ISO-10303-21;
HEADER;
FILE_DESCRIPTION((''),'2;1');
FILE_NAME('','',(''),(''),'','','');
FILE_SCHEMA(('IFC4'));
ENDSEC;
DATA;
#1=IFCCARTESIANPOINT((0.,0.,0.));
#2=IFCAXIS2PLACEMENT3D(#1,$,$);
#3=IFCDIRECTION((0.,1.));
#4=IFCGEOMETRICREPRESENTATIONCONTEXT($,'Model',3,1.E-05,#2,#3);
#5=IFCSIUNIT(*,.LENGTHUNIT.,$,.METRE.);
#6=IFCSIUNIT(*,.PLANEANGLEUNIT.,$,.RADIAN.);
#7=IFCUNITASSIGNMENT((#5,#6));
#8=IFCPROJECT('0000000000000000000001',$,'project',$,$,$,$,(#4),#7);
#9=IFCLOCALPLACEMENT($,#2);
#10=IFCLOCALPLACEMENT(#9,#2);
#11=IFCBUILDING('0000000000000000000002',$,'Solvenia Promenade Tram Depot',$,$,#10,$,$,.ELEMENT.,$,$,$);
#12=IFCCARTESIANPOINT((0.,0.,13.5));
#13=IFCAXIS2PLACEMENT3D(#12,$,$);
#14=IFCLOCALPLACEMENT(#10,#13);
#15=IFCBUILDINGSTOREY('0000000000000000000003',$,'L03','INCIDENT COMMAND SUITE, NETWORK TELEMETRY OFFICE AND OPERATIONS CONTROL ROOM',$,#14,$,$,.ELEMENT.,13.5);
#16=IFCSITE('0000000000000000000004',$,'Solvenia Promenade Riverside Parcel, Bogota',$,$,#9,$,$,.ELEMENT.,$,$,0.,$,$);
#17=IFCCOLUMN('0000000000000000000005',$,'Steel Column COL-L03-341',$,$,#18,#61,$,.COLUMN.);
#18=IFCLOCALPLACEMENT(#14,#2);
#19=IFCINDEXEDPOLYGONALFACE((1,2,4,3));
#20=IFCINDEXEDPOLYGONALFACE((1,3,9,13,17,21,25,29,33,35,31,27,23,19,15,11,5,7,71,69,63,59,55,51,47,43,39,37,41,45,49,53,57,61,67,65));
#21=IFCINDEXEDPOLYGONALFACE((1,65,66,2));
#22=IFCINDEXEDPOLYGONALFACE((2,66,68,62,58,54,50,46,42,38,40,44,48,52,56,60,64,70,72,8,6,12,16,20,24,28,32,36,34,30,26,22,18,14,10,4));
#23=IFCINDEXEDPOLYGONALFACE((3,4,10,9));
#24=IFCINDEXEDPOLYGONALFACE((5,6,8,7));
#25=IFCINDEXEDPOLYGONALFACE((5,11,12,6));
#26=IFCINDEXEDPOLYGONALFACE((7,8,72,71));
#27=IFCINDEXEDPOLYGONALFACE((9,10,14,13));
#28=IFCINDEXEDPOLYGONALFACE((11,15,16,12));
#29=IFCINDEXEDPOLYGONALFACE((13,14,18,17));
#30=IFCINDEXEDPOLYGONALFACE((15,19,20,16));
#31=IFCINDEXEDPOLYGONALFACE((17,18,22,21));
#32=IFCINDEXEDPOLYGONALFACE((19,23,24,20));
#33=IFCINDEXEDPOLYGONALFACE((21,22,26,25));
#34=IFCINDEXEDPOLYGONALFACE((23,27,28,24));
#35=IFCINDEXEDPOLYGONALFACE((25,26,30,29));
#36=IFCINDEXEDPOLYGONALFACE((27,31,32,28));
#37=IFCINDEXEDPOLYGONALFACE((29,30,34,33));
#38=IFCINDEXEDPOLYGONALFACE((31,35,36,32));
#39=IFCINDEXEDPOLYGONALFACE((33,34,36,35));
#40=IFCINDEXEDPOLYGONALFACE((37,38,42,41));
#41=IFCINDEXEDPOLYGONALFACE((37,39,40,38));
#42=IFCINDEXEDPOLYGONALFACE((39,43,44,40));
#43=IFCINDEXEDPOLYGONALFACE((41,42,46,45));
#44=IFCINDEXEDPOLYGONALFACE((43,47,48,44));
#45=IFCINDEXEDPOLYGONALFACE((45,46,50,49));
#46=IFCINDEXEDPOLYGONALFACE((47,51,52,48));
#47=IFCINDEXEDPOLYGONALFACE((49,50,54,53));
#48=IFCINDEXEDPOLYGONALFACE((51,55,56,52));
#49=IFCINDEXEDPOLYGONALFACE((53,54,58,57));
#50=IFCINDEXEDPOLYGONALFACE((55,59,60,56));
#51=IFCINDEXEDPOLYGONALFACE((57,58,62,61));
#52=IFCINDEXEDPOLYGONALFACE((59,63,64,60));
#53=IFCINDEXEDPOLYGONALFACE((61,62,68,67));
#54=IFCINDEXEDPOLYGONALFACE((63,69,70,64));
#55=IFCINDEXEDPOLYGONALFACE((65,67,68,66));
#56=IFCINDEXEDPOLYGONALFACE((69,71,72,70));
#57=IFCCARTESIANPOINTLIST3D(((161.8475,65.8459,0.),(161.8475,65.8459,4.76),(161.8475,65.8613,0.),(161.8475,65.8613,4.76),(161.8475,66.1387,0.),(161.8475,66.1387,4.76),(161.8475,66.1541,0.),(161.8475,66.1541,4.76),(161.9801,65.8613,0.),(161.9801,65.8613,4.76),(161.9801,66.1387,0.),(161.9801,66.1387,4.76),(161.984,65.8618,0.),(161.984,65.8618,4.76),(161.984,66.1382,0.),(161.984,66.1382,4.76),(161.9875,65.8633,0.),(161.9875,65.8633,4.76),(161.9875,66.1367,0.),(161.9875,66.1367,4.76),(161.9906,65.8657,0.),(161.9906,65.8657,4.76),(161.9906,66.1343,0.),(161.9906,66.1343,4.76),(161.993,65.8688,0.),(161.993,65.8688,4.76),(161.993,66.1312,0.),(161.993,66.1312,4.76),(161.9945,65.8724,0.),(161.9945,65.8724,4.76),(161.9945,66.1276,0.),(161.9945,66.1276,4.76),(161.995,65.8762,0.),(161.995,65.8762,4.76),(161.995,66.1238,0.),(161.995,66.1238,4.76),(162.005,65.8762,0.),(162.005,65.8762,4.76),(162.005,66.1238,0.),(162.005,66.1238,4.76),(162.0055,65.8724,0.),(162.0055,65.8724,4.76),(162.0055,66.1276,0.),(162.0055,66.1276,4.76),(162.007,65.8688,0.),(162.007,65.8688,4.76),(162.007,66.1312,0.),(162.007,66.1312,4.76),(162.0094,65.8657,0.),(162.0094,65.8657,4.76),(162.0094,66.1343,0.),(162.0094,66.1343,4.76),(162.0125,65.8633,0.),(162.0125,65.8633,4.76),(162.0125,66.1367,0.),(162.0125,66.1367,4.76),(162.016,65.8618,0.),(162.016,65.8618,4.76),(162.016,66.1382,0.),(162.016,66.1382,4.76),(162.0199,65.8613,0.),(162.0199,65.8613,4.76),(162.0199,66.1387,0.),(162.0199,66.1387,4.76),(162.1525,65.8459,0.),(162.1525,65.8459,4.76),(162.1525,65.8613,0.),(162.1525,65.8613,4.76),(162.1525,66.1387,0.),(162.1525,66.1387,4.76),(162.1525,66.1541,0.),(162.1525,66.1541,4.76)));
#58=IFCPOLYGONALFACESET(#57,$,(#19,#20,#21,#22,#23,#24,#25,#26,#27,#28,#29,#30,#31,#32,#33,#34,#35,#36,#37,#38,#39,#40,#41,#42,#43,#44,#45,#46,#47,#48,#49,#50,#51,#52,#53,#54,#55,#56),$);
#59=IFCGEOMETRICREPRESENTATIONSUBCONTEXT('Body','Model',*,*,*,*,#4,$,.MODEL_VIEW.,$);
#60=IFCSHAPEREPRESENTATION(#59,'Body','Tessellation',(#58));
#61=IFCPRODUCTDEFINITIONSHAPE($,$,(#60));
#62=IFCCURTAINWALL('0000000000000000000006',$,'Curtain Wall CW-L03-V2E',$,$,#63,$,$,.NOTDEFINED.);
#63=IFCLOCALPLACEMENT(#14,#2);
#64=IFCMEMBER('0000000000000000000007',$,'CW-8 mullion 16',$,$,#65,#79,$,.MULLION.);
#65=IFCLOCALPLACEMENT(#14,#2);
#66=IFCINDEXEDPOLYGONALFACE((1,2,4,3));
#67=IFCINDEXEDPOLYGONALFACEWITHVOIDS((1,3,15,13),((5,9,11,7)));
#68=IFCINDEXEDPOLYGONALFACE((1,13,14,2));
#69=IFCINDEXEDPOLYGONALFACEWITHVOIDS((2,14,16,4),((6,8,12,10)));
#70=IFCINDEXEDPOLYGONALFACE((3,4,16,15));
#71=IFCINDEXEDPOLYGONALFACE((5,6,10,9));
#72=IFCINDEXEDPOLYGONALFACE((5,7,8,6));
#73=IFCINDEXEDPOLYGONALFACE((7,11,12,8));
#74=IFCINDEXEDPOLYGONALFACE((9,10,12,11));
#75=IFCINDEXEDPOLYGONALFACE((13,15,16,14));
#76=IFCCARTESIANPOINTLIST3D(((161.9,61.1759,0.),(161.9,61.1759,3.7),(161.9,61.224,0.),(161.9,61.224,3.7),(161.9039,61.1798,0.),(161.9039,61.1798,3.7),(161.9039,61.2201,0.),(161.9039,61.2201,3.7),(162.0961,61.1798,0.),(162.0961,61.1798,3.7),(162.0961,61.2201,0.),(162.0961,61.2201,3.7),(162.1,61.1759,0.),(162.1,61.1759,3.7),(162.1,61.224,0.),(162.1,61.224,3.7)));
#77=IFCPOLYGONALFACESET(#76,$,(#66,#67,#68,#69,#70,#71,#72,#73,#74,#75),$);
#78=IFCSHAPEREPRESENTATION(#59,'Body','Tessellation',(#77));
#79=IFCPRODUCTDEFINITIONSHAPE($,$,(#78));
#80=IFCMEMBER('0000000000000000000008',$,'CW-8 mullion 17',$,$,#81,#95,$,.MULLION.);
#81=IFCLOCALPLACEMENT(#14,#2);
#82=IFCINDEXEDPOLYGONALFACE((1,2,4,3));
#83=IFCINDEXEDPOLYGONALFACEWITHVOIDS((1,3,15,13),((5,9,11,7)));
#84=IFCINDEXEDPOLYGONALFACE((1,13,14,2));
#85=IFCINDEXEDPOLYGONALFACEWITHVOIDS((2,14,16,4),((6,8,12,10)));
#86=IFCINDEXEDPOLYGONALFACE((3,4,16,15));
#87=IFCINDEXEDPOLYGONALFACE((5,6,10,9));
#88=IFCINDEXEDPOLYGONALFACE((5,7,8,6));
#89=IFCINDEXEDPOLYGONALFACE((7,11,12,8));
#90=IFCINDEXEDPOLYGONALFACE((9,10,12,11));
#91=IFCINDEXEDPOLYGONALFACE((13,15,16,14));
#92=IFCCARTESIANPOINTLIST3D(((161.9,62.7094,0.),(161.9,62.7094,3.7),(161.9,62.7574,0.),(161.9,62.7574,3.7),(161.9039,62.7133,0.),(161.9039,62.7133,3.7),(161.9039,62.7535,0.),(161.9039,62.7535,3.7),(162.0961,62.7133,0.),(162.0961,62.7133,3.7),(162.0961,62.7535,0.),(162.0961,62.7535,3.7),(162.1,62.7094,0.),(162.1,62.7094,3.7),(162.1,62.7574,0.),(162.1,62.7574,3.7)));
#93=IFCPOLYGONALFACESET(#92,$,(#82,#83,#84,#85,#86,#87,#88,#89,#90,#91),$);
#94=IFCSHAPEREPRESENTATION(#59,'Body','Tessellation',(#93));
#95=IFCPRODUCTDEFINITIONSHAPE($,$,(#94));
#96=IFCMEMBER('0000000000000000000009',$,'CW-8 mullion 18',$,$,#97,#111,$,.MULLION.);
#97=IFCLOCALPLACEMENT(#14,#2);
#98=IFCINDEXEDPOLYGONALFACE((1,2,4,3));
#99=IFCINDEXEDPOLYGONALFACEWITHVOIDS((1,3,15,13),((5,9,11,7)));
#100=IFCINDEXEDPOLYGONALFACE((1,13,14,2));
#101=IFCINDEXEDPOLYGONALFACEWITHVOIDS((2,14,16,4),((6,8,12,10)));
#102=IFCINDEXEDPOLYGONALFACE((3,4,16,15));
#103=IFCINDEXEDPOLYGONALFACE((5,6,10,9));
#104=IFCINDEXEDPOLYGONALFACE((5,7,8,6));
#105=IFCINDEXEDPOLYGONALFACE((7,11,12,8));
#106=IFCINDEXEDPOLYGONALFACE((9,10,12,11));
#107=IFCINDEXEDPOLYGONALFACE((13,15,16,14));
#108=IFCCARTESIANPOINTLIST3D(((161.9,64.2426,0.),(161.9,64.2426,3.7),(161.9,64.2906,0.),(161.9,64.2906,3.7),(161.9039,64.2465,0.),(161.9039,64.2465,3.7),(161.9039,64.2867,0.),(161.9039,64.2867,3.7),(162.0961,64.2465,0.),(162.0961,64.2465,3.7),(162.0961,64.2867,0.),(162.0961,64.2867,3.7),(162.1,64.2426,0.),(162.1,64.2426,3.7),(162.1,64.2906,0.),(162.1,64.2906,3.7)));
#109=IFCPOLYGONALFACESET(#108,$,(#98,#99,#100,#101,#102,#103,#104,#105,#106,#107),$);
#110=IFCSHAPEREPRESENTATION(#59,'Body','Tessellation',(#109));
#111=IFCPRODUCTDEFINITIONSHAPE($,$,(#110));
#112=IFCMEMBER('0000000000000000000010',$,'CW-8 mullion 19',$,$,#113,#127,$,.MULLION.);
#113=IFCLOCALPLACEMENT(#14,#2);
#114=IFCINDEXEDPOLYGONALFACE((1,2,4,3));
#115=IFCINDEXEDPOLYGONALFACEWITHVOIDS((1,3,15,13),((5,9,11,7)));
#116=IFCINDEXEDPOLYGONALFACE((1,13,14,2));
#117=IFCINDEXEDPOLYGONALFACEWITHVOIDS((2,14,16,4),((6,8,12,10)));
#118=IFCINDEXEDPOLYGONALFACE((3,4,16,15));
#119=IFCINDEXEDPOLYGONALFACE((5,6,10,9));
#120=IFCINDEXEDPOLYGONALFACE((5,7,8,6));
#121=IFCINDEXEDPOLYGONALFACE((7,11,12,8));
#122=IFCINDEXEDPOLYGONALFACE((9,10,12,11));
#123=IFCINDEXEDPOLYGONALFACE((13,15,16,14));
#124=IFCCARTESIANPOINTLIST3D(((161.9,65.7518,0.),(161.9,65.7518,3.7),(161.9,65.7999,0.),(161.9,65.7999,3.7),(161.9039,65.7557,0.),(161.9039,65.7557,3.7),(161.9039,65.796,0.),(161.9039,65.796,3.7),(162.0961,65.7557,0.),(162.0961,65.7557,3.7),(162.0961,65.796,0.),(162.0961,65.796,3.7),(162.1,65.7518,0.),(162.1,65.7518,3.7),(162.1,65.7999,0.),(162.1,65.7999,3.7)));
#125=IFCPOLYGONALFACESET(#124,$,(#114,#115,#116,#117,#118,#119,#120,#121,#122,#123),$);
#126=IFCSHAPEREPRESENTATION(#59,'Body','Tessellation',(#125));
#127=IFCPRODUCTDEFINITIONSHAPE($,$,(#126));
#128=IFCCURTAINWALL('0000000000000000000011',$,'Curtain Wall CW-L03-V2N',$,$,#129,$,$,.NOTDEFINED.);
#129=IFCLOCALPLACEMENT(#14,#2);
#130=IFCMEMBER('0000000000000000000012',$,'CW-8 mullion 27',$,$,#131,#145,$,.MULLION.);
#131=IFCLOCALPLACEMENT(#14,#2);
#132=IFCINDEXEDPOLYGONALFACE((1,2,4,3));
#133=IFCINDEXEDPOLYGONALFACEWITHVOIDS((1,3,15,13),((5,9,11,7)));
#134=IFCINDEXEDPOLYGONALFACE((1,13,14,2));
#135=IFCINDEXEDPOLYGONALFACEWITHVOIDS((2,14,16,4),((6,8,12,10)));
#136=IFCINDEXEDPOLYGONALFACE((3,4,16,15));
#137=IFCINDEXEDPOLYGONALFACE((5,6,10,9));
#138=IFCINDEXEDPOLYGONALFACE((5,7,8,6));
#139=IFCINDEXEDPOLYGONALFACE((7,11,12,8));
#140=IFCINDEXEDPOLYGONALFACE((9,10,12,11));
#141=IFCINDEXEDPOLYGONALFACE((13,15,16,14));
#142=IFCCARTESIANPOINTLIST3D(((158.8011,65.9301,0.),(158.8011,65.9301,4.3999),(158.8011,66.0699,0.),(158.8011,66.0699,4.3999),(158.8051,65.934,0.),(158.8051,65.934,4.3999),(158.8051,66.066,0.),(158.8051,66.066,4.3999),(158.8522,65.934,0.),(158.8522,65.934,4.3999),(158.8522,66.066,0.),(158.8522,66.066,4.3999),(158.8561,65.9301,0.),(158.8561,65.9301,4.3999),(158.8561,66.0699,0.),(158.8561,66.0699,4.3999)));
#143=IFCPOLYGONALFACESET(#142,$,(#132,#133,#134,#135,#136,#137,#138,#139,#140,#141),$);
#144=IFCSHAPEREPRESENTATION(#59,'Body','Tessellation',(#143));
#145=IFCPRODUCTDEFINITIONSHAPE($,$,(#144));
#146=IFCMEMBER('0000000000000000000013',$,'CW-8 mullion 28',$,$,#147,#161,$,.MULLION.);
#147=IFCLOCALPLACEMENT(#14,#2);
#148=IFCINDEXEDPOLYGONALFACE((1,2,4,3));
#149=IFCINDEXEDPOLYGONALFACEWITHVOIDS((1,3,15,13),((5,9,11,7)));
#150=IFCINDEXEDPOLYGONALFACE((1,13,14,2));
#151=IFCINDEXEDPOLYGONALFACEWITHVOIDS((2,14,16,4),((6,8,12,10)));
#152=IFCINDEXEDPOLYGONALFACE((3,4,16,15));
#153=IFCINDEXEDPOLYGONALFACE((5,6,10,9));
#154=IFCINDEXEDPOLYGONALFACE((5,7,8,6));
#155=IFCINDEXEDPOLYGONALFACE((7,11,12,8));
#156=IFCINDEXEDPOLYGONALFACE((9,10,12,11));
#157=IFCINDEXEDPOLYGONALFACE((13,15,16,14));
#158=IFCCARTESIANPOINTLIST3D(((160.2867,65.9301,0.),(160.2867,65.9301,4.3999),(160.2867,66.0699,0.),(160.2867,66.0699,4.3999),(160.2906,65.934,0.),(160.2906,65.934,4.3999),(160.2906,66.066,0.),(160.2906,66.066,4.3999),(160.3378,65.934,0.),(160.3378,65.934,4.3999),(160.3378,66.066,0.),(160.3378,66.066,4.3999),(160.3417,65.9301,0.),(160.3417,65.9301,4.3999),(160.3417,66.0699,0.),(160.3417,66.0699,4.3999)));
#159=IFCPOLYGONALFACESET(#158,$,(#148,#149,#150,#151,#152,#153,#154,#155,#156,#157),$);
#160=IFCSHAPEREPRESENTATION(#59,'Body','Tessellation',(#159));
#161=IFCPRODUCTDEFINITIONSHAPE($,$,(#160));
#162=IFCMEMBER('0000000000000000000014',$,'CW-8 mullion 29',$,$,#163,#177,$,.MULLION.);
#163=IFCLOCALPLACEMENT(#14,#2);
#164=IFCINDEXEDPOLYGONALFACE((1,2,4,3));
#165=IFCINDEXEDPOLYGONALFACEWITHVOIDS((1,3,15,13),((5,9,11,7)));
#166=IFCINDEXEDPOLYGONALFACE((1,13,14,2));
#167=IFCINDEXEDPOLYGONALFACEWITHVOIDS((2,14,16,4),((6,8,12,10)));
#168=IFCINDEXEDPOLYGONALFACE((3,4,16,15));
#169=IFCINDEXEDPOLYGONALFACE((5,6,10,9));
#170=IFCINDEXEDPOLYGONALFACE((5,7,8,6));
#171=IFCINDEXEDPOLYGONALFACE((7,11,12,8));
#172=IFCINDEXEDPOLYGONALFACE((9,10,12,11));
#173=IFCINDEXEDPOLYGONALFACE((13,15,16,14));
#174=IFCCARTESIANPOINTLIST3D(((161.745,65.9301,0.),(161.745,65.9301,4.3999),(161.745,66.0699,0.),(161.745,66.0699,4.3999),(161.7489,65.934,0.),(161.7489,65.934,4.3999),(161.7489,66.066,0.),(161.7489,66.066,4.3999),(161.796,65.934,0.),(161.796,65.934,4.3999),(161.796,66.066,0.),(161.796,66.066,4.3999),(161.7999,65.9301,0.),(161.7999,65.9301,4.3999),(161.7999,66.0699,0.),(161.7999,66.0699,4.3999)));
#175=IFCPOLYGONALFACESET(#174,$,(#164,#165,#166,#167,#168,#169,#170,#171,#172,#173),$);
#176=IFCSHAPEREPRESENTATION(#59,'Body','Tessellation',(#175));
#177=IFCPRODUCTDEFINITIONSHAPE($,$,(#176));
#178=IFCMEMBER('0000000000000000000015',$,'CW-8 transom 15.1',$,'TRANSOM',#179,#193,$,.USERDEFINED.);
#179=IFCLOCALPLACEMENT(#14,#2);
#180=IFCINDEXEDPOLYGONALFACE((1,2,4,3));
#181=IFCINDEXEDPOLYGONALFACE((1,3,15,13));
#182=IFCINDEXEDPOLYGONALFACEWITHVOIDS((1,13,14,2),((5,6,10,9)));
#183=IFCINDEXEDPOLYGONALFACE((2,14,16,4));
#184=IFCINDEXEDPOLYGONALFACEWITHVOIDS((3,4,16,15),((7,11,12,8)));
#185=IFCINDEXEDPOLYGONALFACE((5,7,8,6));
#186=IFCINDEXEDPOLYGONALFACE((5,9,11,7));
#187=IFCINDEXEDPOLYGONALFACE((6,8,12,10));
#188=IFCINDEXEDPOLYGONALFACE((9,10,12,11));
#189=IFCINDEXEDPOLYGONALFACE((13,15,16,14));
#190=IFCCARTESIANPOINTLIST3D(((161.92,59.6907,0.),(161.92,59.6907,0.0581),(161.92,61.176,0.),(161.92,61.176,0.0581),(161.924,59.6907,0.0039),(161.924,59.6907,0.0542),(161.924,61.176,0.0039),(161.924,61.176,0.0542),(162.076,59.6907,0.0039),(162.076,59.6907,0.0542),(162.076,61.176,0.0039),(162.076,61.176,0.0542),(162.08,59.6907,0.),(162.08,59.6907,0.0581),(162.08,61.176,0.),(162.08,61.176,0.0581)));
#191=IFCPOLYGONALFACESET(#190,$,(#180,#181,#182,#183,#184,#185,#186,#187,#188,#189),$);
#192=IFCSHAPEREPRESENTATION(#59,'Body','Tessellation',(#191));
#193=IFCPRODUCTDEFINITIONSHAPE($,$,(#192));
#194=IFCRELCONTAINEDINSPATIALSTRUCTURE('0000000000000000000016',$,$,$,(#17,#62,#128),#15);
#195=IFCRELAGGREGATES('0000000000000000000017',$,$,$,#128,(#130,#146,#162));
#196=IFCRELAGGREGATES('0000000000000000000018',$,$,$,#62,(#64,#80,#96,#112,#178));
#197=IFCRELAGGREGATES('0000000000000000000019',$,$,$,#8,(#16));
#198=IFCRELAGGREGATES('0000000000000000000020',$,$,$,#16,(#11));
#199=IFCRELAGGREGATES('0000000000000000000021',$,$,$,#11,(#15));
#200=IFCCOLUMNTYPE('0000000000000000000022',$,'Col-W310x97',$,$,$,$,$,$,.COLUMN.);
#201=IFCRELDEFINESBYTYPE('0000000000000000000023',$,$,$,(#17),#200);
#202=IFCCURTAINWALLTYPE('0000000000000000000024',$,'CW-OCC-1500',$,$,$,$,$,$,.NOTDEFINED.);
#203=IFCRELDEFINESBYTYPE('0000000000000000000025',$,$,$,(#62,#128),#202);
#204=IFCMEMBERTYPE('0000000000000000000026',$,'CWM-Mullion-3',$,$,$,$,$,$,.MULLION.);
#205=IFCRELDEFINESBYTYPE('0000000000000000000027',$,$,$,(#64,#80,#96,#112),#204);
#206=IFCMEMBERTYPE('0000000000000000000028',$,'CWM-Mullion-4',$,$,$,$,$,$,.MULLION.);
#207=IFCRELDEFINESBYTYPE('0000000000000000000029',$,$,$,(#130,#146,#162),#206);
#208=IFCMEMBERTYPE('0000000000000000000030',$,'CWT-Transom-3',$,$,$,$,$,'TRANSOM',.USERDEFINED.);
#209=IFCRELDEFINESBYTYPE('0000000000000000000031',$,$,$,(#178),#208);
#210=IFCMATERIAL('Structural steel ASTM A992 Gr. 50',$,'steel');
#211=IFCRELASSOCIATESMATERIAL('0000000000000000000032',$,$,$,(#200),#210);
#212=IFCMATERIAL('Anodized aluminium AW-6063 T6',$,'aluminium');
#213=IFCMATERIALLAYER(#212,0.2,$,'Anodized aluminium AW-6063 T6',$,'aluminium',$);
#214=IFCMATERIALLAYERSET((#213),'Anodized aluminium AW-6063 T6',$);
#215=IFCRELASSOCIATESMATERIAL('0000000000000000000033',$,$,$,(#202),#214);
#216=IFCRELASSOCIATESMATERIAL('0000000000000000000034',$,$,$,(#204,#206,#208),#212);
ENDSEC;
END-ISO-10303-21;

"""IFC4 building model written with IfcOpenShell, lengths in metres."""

from ifc_helpers import new_model, si_unit, direction, frame, origin, origin_2d, place, context, subcontext, project, spatial, hollow_rectangle, i_section, extrude, material, layer, layer_set, material_profile, profile_set, type_object, element, aggregate, save


model = new_model("IFC4")

# Units and contexts
model_context = context("Model", 3, precision=1e-05, world=origin(), true_north=direction((0.0, 1.0)))
body_context = subcontext(model_context, "Body", "Model", "MODEL_VIEW")
ifc_project = project(units=[si_unit("LENGTHUNIT", "METRE"), si_unit("PLANEANGLEUNIT", "RADIAN")], contexts=[model_context])

# Site, building, storey
site_placement = place(None, origin())
site = spatial("IfcSite", under=ifc_project, at=site_placement, Name="Solvenia Promenade Riverside Parcel, Bogota", CompositionType="ELEMENT", RefElevation=0.0)
building_placement = place(site_placement, origin())
building = spatial("IfcBuilding", under=site, at=building_placement, Name="Solvenia Promenade Tram Depot", CompositionType="ELEMENT")
storey_placement = place(building_placement, frame((0.0, 0.0, 13.5)))
storey = spatial("IfcBuildingStorey", under=building, at=storey_placement, Name="L03", Description="INCIDENT COMMAND SUITE, NETWORK TELEMETRY OFFICE AND OPERATIONS CONTROL ROOM", CompositionType="ELEMENT", Elevation=13.5)

# Column
ifc_material_1 = material(Name="Structural steel ASTM A992 Gr. 50", Category="steel")
ifc_material_profile_1 = material_profile(ifc_material_1, i_section(OverallWidth=0.3049, OverallDepth=0.3081, WebThickness=0.01, FlangeThickness=0.0154, FilletRadius=0.0149, at=origin_2d()), Name="W310x97", Category="steel")
ifc_profile_set_1 = profile_set([ifc_material_profile_1], Name="Structural steel ASTM A992 Gr. 50")
column_type = type_object("IfcColumnType", Name="Col-W310x97", PredefinedType="COLUMN", material=ifc_profile_set_1)
column_placement = place(storey_placement, frame((162.0, 66.0, 0.0), z_axis=(0.0, 0.0, 1.0), x_axis=(1.0, 0.0, 0.0)))
element("IfcColumn", 1, at=column_placement, inside=storey, type_object=column_type, Name="Steel Column COL-L03-341", PredefinedType="COLUMN", context=body_context, shape_type="SweptSolid", body=[
    extrude(i_section(OverallWidth=0.3049, OverallDepth=0.3081, WebThickness=0.01, FlangeThickness=0.0154, FilletRadius=0.0149, at=origin_2d()), origin(), (0.0, 0.0, 1.0), 4.76),
])

# Curtain walls, members
ifc_material_2 = material(Name="Anodized aluminium AW-6063 T6", Category="aluminium")
ifc_layer_1 = layer(ifc_material_2, 0.2, Name="Anodized aluminium AW-6063 T6", Category="aluminium")
ifc_layer_set_1 = layer_set([ifc_layer_1], Name="Anodized aluminium AW-6063 T6")
curtain_wall_type = type_object("IfcCurtainWallType", Name="CW-OCC-1500", PredefinedType="NOTDEFINED", material=ifc_layer_set_1)
curtain_wall_1_placement = place(storey_placement, origin())
curtain_wall_1 = element("IfcCurtainWall", 2, at=curtain_wall_1_placement, inside=storey, type_object=curtain_wall_type, Name="Curtain Wall CW-L03-V2E", PredefinedType="NOTDEFINED")
ifc_material_profile_2 = material_profile(ifc_material_2, hollow_rectangle(XDim=0.2, YDim=0.0481, WallThickness=0.0039, at=origin_2d()), Name="ALU-M3", Category="aluminium")
ifc_profile_set_2 = profile_set([ifc_material_profile_2], Name="Anodized aluminium AW-6063 T6")
member_type_1 = type_object("IfcMemberType", Name="CWM-Mullion-3", PredefinedType="MULLION", material=ifc_profile_set_2)
member_1_placement = place(storey_placement, frame((162.0, 61.2, 0.0), z_axis=(0.0, 0.0, 1.0), x_axis=(-1.0, 0.0, 0.0)))
member_1 = element("IfcMember", 3, at=member_1_placement, type_object=member_type_1, Name="CW-8 mullion 16", PredefinedType="MULLION", context=body_context, shape_type="SweptSolid", body=[
    extrude(hollow_rectangle(XDim=0.2, YDim=0.0481, WallThickness=0.0039, at=origin_2d()), origin(), (0.0, 0.0, 1.0), 3.7),
])
member_2_placement = place(storey_placement, frame((162.0, 62.7334, 0.0), z_axis=(0.0, 0.0, 1.0), x_axis=(-1.0, 0.0, 0.0)))
member_2 = element("IfcMember", 4, at=member_2_placement, type_object=member_type_1, Name="CW-8 mullion 17", PredefinedType="MULLION", context=body_context, shape_type="SweptSolid", body=[
    extrude(hollow_rectangle(XDim=0.2, YDim=0.0481, WallThickness=0.0039, at=origin_2d()), origin(), (0.0, 0.0, 1.0), 3.7),
])
member_3_placement = place(storey_placement, frame((162.0, 64.2666, 0.0), z_axis=(0.0, 0.0, 1.0), x_axis=(-1.0, 0.0, 0.0)))
member_3 = element("IfcMember", 5, at=member_3_placement, type_object=member_type_1, Name="CW-8 mullion 18", PredefinedType="MULLION", context=body_context, shape_type="SweptSolid", body=[
    extrude(hollow_rectangle(XDim=0.2, YDim=0.0481, WallThickness=0.0039, at=origin_2d()), origin(), (0.0, 0.0, 1.0), 3.7),
])
member_4_placement = place(storey_placement, frame((162.0, 65.7759, 0.0), z_axis=(0.0, 0.0, 1.0), x_axis=(-1.0, 0.0, 0.0)))
member_4 = element("IfcMember", 6, at=member_4_placement, type_object=member_type_1, Name="CW-8 mullion 19", PredefinedType="MULLION", context=body_context, shape_type="SweptSolid", body=[
    extrude(hollow_rectangle(XDim=0.2, YDim=0.0481, WallThickness=0.0039, at=origin_2d()), origin(), (0.0, 0.0, 1.0), 3.7),
])
curtain_wall_2_placement = place(storey_placement, origin())
curtain_wall_2 = element("IfcCurtainWall", 7, at=curtain_wall_2_placement, inside=storey, type_object=curtain_wall_type, Name="Curtain Wall CW-L03-V2N", PredefinedType="NOTDEFINED")
ifc_material_profile_3 = material_profile(ifc_material_2, hollow_rectangle(XDim=0.1399, YDim=0.0549, WallThickness=0.0039, at=origin_2d()), Name="ALU-M4", Category="aluminium")
ifc_profile_set_3 = profile_set([ifc_material_profile_3], Name="Anodized aluminium AW-6063 T6")
member_type_2 = type_object("IfcMemberType", Name="CWM-Mullion-4", PredefinedType="MULLION", material=ifc_profile_set_3)
member_5_placement = place(storey_placement, frame((158.8286, 66.0, 0.0), z_axis=(0.0, 0.0, 1.0), x_axis=(0.0, 1.0, 0.0)))
member_5 = element("IfcMember", 8, at=member_5_placement, type_object=member_type_2, Name="CW-8 mullion 27", PredefinedType="MULLION", context=body_context, shape_type="SweptSolid", body=[
    extrude(hollow_rectangle(XDim=0.1399, YDim=0.0549, WallThickness=0.0039, at=origin_2d()), origin(), (0.0, 0.0, 1.0), 4.3999),
])
member_6_placement = place(storey_placement, frame((160.3142, 66.0, 0.0), z_axis=(0.0, 0.0, 1.0), x_axis=(0.0, 1.0, 0.0)))
member_6 = element("IfcMember", 9, at=member_6_placement, type_object=member_type_2, Name="CW-8 mullion 28", PredefinedType="MULLION", context=body_context, shape_type="SweptSolid", body=[
    extrude(hollow_rectangle(XDim=0.1399, YDim=0.0549, WallThickness=0.0039, at=origin_2d()), origin(), (0.0, 0.0, 1.0), 4.3999),
])
member_7_placement = place(storey_placement, frame((161.7725, 66.0, 0.0), z_axis=(0.0, 0.0, 1.0), x_axis=(0.0, 1.0, 0.0)))
member_7 = element("IfcMember", 10, at=member_7_placement, type_object=member_type_2, Name="CW-8 mullion 29", PredefinedType="MULLION", context=body_context, shape_type="SweptSolid", body=[
    extrude(hollow_rectangle(XDim=0.1399, YDim=0.0549, WallThickness=0.0039, at=origin_2d()), origin(), (0.0, 0.0, 1.0), 4.3999),
])

# Member
ifc_material_profile_4 = material_profile(ifc_material_2, hollow_rectangle(XDim=0.1599, YDim=0.0581, WallThickness=0.0039, at=origin_2d()), Name="ALU-T3", Category="aluminium")
ifc_profile_set_4 = profile_set([ifc_material_profile_4], Name="Anodized aluminium AW-6063 T6")
member_type_3 = type_object("IfcMemberType", Name="CWT-Transom-3", ElementType="TRANSOM", PredefinedType="USERDEFINED", material=ifc_profile_set_4)
member_8_placement = place(storey_placement, frame((162.0, 59.6907, 0.0291), z_axis=(0.0, 1.0, 0.0), x_axis=(-1.0, 0.0, 0.0)))
member_8 = element("IfcMember", 11, at=member_8_placement, type_object=member_type_3, Name="CW-8 transom 15.1", ObjectType="TRANSOM", PredefinedType="USERDEFINED", context=body_context, shape_type="SweptSolid", body=[
    extrude(hollow_rectangle(XDim=0.1599, YDim=0.0581, WallThickness=0.0039, at=origin_2d()), origin(), (0.0, 0.0, 1.0), 1.4854),
])

aggregate(curtain_wall_2, [member_5, member_6, member_7])
aggregate(curtain_wall_1, [member_1, member_2, member_3, member_4, member_8])

save(model, "model.ifc")
